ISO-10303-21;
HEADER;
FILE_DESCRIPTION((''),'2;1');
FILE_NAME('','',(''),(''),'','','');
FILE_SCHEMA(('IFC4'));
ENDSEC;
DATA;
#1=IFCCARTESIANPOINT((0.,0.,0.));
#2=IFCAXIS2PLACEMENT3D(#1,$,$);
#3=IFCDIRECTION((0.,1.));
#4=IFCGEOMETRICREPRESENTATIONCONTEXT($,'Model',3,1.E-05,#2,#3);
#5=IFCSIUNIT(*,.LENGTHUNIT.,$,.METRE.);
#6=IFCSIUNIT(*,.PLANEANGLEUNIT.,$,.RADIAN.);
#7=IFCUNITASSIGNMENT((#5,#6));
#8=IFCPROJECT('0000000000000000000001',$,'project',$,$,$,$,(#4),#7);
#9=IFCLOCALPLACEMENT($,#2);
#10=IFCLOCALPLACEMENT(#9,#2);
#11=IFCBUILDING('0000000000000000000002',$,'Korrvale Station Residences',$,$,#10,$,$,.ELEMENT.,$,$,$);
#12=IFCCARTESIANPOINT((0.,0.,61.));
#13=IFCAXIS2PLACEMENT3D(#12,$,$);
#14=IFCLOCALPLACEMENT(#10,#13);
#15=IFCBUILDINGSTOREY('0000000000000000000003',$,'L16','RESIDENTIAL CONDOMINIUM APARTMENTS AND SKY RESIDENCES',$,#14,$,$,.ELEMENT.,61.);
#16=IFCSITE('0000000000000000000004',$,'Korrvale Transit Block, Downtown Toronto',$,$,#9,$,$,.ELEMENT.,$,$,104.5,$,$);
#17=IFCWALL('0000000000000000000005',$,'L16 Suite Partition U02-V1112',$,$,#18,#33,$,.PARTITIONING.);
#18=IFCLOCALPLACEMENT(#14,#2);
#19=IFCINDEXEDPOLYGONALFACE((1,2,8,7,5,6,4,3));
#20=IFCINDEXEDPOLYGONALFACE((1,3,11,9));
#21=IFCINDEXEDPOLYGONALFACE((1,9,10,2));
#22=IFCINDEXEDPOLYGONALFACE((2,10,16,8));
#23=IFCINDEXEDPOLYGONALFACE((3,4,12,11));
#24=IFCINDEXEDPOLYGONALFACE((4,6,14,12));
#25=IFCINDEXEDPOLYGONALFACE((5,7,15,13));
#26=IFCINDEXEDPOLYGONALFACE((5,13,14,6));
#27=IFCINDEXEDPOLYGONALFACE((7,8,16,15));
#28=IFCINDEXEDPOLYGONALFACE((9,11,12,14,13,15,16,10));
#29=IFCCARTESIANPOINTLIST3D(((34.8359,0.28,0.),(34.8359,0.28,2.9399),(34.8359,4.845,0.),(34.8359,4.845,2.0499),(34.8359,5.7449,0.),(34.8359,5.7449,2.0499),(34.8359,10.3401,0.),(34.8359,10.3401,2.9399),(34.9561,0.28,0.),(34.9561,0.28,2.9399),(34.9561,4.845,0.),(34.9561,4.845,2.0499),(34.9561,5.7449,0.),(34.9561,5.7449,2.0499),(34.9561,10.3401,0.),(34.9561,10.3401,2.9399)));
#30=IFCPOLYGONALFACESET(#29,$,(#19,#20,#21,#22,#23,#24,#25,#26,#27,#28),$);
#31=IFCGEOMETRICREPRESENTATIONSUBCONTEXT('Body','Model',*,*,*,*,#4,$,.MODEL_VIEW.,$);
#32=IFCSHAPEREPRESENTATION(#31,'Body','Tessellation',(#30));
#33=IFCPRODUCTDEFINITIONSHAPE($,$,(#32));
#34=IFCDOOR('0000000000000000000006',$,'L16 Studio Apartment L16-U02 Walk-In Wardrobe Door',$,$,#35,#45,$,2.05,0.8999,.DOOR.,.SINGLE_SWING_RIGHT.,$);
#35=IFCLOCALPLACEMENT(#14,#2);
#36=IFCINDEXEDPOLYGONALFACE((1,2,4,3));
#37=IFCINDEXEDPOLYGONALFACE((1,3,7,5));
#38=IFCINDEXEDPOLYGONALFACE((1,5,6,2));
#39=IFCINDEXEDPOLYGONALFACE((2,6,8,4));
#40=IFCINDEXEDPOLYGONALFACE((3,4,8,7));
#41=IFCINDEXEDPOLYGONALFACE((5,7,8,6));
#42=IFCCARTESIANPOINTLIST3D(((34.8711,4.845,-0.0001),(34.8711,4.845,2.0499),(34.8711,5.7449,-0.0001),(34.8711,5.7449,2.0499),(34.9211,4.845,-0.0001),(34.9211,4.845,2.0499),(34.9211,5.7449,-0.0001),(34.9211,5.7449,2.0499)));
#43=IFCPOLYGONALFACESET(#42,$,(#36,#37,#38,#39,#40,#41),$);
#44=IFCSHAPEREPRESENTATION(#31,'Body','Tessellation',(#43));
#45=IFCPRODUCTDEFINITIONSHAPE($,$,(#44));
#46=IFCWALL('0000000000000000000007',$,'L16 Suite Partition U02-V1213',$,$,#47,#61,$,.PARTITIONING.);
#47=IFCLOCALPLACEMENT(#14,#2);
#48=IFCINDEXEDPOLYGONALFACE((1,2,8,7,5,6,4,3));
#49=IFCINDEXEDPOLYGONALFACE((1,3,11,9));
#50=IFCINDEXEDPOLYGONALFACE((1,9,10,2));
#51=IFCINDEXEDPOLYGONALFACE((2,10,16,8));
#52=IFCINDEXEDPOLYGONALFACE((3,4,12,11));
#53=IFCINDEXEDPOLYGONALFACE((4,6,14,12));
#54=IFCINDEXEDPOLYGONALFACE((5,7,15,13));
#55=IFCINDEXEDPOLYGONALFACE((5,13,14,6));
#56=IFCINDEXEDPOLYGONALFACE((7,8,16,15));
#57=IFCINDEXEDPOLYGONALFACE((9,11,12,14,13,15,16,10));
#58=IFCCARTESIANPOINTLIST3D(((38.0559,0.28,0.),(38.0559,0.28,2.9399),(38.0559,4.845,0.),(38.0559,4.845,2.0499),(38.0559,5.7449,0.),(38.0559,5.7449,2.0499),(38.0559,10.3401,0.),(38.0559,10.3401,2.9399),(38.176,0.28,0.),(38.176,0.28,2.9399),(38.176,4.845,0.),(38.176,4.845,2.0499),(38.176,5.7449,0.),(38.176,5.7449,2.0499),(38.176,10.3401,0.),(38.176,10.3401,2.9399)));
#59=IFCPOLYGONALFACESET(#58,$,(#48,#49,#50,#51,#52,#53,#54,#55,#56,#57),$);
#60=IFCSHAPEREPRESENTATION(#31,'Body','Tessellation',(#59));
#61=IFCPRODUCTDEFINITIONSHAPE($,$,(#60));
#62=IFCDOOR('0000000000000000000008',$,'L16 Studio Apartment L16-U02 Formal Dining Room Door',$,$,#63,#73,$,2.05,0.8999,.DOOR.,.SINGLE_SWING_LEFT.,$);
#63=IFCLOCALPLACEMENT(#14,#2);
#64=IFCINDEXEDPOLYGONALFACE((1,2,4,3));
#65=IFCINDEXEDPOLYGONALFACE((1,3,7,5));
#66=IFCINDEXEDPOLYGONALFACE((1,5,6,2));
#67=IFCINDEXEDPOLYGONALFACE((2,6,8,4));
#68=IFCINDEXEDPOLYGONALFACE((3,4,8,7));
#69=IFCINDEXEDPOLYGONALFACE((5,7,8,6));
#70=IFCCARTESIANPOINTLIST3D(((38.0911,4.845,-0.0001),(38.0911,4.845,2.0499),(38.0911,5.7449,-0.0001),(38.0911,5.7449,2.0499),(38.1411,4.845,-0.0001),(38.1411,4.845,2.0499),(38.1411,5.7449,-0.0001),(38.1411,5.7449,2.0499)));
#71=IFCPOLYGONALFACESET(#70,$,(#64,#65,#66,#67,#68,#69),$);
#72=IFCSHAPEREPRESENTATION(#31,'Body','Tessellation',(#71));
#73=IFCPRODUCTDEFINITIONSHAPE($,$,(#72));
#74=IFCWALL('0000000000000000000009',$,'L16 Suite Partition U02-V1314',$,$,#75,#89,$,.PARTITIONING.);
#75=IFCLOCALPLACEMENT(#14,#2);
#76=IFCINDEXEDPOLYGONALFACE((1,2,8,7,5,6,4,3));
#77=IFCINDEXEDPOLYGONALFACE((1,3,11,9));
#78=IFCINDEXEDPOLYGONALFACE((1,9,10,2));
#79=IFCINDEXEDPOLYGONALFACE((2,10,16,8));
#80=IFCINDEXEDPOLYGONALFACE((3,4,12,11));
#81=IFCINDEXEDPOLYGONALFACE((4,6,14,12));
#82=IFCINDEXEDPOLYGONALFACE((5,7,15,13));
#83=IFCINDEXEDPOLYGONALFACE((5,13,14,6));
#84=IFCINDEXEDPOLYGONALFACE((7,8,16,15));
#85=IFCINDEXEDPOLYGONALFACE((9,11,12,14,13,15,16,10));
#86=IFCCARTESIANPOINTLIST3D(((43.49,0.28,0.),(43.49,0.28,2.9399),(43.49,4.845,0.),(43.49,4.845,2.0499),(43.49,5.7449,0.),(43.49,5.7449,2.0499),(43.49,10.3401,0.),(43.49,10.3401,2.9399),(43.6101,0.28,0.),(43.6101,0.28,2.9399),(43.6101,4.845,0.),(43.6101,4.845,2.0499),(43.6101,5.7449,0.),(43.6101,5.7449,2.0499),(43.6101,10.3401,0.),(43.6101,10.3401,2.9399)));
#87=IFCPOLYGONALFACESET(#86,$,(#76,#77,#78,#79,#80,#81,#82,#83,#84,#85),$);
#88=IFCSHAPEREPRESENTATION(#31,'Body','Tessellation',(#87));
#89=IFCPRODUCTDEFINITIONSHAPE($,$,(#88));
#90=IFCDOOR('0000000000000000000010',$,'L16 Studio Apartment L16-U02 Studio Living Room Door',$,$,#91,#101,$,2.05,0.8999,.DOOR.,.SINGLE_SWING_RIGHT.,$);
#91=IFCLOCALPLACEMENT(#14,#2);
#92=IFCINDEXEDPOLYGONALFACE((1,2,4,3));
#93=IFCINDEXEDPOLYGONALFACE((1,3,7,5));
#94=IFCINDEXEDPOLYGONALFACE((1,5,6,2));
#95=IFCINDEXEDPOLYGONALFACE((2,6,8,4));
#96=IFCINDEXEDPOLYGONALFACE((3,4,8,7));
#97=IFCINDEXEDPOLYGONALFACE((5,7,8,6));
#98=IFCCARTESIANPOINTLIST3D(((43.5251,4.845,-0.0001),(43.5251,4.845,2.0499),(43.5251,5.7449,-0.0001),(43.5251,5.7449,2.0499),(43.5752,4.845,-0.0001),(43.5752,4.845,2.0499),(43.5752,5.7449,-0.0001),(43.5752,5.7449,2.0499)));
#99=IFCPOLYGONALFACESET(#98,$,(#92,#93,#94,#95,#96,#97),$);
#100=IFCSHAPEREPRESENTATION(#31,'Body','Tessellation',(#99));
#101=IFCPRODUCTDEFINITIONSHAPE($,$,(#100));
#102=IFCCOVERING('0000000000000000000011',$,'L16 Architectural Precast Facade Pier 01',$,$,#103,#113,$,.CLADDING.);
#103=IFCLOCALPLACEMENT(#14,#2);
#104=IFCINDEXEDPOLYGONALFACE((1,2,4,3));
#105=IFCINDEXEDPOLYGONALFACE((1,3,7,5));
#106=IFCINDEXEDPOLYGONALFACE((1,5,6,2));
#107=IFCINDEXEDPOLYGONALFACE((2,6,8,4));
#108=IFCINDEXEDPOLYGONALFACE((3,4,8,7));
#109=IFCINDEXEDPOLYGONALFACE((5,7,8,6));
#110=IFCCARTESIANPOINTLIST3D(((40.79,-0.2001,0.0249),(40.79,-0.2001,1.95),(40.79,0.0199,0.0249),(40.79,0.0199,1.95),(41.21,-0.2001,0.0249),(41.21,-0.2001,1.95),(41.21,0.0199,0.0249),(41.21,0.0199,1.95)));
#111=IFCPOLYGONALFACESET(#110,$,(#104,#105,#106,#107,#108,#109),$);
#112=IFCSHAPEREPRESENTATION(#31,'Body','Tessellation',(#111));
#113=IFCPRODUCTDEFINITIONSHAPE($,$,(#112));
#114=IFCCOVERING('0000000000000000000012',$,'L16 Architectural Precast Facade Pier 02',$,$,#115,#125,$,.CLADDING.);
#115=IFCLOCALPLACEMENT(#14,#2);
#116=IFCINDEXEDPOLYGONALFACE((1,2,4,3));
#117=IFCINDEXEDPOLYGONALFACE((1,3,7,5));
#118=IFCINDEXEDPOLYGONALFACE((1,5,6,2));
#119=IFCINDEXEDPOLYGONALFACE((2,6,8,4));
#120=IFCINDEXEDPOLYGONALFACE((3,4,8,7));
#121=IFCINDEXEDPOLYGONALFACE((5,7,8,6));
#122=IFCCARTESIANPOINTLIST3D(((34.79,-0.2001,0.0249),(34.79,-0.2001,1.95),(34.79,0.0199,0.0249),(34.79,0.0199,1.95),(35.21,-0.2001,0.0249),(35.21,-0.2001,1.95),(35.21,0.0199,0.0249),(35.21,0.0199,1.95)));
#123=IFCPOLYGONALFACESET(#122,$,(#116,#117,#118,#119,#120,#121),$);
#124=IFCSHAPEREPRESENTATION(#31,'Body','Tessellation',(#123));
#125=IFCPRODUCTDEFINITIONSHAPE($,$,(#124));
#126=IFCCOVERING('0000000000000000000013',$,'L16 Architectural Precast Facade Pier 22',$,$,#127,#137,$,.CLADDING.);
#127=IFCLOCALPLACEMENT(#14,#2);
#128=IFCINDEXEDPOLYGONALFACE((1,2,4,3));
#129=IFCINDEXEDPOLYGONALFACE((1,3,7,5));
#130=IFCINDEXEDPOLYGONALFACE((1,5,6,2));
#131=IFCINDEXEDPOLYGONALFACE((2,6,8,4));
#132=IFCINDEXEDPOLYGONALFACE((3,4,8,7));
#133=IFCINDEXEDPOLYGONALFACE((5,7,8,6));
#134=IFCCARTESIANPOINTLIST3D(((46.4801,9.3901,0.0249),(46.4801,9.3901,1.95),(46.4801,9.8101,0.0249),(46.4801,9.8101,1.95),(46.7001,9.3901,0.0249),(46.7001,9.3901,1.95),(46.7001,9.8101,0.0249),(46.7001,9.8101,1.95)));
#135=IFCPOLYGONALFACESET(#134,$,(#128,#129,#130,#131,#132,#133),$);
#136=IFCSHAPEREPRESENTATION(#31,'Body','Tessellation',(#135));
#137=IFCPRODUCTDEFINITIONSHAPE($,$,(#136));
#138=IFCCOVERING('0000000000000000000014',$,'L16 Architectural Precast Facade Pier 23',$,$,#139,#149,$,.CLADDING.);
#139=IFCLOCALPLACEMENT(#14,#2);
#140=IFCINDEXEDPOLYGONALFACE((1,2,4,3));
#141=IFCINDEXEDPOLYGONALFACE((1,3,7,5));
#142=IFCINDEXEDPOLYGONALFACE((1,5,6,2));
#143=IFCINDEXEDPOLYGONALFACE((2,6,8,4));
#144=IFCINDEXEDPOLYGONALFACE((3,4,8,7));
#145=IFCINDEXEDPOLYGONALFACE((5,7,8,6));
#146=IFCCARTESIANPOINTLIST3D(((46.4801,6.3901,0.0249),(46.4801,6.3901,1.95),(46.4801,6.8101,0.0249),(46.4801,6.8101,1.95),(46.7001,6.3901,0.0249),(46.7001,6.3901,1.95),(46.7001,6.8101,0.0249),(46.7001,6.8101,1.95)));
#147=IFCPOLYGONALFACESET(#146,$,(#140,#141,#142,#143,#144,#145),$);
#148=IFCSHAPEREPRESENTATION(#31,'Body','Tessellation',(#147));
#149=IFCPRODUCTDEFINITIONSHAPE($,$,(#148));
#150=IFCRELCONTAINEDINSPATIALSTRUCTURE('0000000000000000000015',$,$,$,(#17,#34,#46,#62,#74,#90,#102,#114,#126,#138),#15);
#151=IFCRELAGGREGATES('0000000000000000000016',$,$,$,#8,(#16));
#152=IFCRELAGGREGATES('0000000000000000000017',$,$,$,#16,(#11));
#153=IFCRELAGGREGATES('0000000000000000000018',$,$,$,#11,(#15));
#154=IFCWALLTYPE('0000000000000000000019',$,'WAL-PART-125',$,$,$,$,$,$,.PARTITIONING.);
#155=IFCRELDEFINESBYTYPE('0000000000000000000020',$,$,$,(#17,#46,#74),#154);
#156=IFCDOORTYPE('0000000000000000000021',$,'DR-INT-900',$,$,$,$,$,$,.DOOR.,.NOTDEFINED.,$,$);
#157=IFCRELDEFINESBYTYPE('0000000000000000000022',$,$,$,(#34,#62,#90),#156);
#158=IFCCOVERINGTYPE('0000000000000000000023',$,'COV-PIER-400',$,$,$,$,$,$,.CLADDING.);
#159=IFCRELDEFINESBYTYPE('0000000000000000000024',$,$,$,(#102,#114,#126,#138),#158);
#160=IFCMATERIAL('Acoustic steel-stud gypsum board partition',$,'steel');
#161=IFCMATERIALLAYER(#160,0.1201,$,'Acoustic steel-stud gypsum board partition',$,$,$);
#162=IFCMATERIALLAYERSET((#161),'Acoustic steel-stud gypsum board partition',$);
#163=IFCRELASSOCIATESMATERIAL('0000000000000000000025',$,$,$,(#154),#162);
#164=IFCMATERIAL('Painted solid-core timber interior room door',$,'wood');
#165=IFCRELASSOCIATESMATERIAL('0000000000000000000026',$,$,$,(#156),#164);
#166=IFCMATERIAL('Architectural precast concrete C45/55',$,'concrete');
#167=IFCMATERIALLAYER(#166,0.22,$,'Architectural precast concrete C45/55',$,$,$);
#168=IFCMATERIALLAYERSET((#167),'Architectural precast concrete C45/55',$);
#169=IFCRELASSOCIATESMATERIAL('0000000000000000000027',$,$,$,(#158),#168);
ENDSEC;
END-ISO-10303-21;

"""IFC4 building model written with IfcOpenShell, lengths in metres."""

from ifc_helpers import new_model, si_unit, direction, frame, frame_2d, origin, origin_2d, place, context, subcontext, project, spatial, rectangle, extrude, material, layer, layer_set, type_object, element, fill, save


model = new_model("IFC4")

# Units and contexts
model_context = context("Model", 3, precision=1e-05, world=origin(), true_north=direction((0.0, 1.0)))
body_context = subcontext(model_context, "Body", "Model", "MODEL_VIEW")
ifc_project = project(units=[si_unit("LENGTHUNIT", "METRE"), si_unit("PLANEANGLEUNIT", "RADIAN")], contexts=[model_context])

# Site, building, storey
site_placement = place(None, origin())
site = spatial("IfcSite", under=ifc_project, at=site_placement, Name="Korrvale Transit Block, Downtown Toronto", CompositionType="ELEMENT", RefElevation=104.5)
building_placement = place(site_placement, origin())
building = spatial("IfcBuilding", under=site, at=building_placement, Name="Korrvale Station Residences", CompositionType="ELEMENT")
storey_placement = place(building_placement, frame((0.0, 0.0, 61.0)))
storey = spatial("IfcBuildingStorey", under=building, at=storey_placement, Name="L16", Description="RESIDENTIAL CONDOMINIUM APARTMENTS AND SKY RESIDENCES", CompositionType="ELEMENT", Elevation=61.0)

# Shared definitions
ifc_material_1 = material(Name="Acoustic steel-stud gypsum board partition", Category="steel")
ifc_layer_1 = layer(ifc_material_1, 0.1201, Name="Acoustic steel-stud gypsum board partition")
ifc_layer_set_1 = layer_set([ifc_layer_1], Name="Acoustic steel-stud gypsum board partition")
wall_type_1 = type_object("IfcWallType", Name="WAL-PART-125", PredefinedType="PARTITIONING", material=ifc_layer_set_1)

# Walls, openings, doors
wall_1_placement = place(storey_placement, frame((34.896, 0.28, 0.0), z_axis=(0.0, 0.0, 1.0), x_axis=(0.0, 1.0, 0.0)))
wall_1 = element("IfcWall", 1, at=wall_1_placement, inside=storey, type_object=wall_type_1, Name="L16 Suite Partition U02-V1112", PredefinedType="PARTITIONING", context=body_context, shape_type="SweptSolid", body=[
    extrude(rectangle(XDim=10.0601, YDim=0.1201, at=frame_2d((5.03, 0.0))), origin(), (0.0, 0.0, 1.0), 2.9399),
])
opening_1_placement = place(wall_1_placement, frame((4.5649, 0.0, 0.0)))
opening_1 = element("IfcOpeningElement", 2, at=opening_1_placement, cuts=wall_1, PredefinedType="OPENING", context=body_context, shape_type="SweptSolid", body=[
    extrude(rectangle(XDim=0.8999, YDim=2.05, at=frame_2d((0.45, 1.0249))), frame((0.0, 0.0701, 0.0), z_axis=(0.0, -1.0, 0.0), x_axis=(1.0, 0.0, 0.0)), (0.0, 0.0, 1.0), 0.1401),
])
ifc_material_2 = material(Name="Painted solid-core timber interior room door", Category="wood")
door_type = type_object("IfcDoorType", Name="DR-INT-900", OperationType="NOTDEFINED", PredefinedType="DOOR", material=ifc_material_2)
door_1_placement = place(opening_1_placement, origin())
door_1 = element("IfcDoor", 3, at=door_1_placement, inside=storey, type_object=door_type, Name="L16 Studio Apartment L16-U02 Walk-In Wardrobe Door", OperationType="SINGLE_SWING_RIGHT", OverallHeight=2.05, OverallWidth=0.8999, PredefinedType="DOOR", context=body_context, shape_type="SweptSolid", body=[
    extrude(rectangle(XDim=0.8999, YDim=2.05, at=frame_2d((0.45, 1.0249))), frame((0.0, 0.0249, 0.0), z_axis=(0.0, -1.0, 0.0), x_axis=(1.0, 0.0, 0.0)), (0.0, 0.0, 1.0), 0.05),
])
fill(opening_1, door_1)
wall_2_placement = place(storey_placement, frame((38.116, 0.28, 0.0), z_axis=(0.0, 0.0, 1.0), x_axis=(0.0, 1.0, 0.0)))
wall_2 = element("IfcWall", 4, at=wall_2_placement, inside=storey, type_object=wall_type_1, Name="L16 Suite Partition U02-V1213", PredefinedType="PARTITIONING", context=body_context, shape_type="SweptSolid", body=[
    extrude(rectangle(XDim=10.0601, YDim=0.1201, at=frame_2d((5.03, 0.0))), origin(), (0.0, 0.0, 1.0), 2.9399),
])
opening_2_placement = place(wall_2_placement, frame((4.5649, 0.0, 0.0)))
opening_2 = element("IfcOpeningElement", 5, at=opening_2_placement, cuts=wall_2, PredefinedType="OPENING", context=body_context, shape_type="SweptSolid", body=[
    extrude(rectangle(XDim=0.8999, YDim=2.05, at=frame_2d((0.45, 1.0249))), frame((0.0, 0.0701, 0.0), z_axis=(0.0, -1.0, 0.0), x_axis=(1.0, 0.0, 0.0)), (0.0, 0.0, 1.0), 0.1401),
])
door_2_placement = place(opening_2_placement, origin())
door_2 = element("IfcDoor", 6, at=door_2_placement, inside=storey, type_object=door_type, Name="L16 Studio Apartment L16-U02 Formal Dining Room Door", OperationType="SINGLE_SWING_LEFT", OverallHeight=2.05, OverallWidth=0.8999, PredefinedType="DOOR", context=body_context, shape_type="SweptSolid", body=[
    extrude(rectangle(XDim=0.8999, YDim=2.05, at=frame_2d((0.45, 1.0249))), frame((0.0, 0.0249, 0.0), z_axis=(0.0, -1.0, 0.0), x_axis=(1.0, 0.0, 0.0)), (0.0, 0.0, 1.0), 0.05),
])
fill(opening_2, door_2)
wall_3_placement = place(storey_placement, frame((43.55, 0.28, 0.0), z_axis=(0.0, 0.0, 1.0), x_axis=(0.0, 1.0, 0.0)))
wall_3 = element("IfcWall", 7, at=wall_3_placement, inside=storey, type_object=wall_type_1, Name="L16 Suite Partition U02-V1314", PredefinedType="PARTITIONING", context=body_context, shape_type="SweptSolid", body=[
    extrude(rectangle(XDim=10.0601, YDim=0.1201, at=frame_2d((5.03, 0.0))), origin(), (0.0, 0.0, 1.0), 2.9399),
])
opening_3_placement = place(wall_3_placement, frame((4.5649, 0.0, 0.0)))
opening_3 = element("IfcOpeningElement", 8, at=opening_3_placement, cuts=wall_3, PredefinedType="OPENING", context=body_context, shape_type="SweptSolid", body=[
    extrude(rectangle(XDim=0.8999, YDim=2.05, at=frame_2d((0.45, 1.0249))), frame((0.0, 0.0701, 0.0), z_axis=(0.0, -1.0, 0.0), x_axis=(1.0, 0.0, 0.0)), (0.0, 0.0, 1.0), 0.1401),
])
door_3_placement = place(opening_3_placement, origin())
door_3 = element("IfcDoor", 9, at=door_3_placement, inside=storey, type_object=door_type, Name="L16 Studio Apartment L16-U02 Studio Living Room Door", OperationType="SINGLE_SWING_RIGHT", OverallHeight=2.05, OverallWidth=0.8999, PredefinedType="DOOR", context=body_context, shape_type="SweptSolid", body=[
    extrude(rectangle(XDim=0.8999, YDim=2.05, at=frame_2d((0.45, 1.0249))), frame((0.0, 0.0249, 0.0), z_axis=(0.0, -1.0, 0.0), x_axis=(1.0, 0.0, 0.0)), (0.0, 0.0, 1.0), 0.05),
])
fill(opening_3, door_3)

# Coverings
ifc_material_3 = material(Name="Architectural precast concrete C45/55", Category="concrete")
ifc_layer_2 = layer(ifc_material_3, 0.22, Name="Architectural precast concrete C45/55")
ifc_layer_set_2 = layer_set([ifc_layer_2], Name="Architectural precast concrete C45/55")
covering_type = type_object("IfcCoveringType", Name="COV-PIER-400", PredefinedType="CLADDING", material=ifc_layer_set_2)
for number, where, z_axis, x_axis, name in (
    (10, (41.0, -0.0901, 0.0249), (0.0, 0.0, 1.0), (1.0, 0.0, 0.0), "L16 Architectural Precast Facade Pier 01"),
    (11, (35.0, -0.0901, 0.0249), (0.0, 0.0, 1.0), (1.0, 0.0, 0.0), "L16 Architectural Precast Facade Pier 02"),
    (12, (46.5901, 9.6001, 0.0249), (0.0, 0.0, 1.0), (0.0, 1.0, 0.0), "L16 Architectural Precast Facade Pier 22"),
    (13, (46.5901, 6.6001, 0.0249), (0.0, 0.0, 1.0), (0.0, 1.0, 0.0), "L16 Architectural Precast Facade Pier 23"),
):
    element("IfcCovering", number, at=place(storey_placement, frame(where, z_axis=z_axis, x_axis=x_axis)), inside=storey, type_object=covering_type, Name=name, PredefinedType="CLADDING", context=body_context, shape_type="SweptSolid", body=[
        extrude(rectangle(XDim=0.4199, YDim=0.22, at=origin_2d()), origin(), (0.0, 0.0, 1.0), 1.925),
    ])

save(model, "model.ifc")
